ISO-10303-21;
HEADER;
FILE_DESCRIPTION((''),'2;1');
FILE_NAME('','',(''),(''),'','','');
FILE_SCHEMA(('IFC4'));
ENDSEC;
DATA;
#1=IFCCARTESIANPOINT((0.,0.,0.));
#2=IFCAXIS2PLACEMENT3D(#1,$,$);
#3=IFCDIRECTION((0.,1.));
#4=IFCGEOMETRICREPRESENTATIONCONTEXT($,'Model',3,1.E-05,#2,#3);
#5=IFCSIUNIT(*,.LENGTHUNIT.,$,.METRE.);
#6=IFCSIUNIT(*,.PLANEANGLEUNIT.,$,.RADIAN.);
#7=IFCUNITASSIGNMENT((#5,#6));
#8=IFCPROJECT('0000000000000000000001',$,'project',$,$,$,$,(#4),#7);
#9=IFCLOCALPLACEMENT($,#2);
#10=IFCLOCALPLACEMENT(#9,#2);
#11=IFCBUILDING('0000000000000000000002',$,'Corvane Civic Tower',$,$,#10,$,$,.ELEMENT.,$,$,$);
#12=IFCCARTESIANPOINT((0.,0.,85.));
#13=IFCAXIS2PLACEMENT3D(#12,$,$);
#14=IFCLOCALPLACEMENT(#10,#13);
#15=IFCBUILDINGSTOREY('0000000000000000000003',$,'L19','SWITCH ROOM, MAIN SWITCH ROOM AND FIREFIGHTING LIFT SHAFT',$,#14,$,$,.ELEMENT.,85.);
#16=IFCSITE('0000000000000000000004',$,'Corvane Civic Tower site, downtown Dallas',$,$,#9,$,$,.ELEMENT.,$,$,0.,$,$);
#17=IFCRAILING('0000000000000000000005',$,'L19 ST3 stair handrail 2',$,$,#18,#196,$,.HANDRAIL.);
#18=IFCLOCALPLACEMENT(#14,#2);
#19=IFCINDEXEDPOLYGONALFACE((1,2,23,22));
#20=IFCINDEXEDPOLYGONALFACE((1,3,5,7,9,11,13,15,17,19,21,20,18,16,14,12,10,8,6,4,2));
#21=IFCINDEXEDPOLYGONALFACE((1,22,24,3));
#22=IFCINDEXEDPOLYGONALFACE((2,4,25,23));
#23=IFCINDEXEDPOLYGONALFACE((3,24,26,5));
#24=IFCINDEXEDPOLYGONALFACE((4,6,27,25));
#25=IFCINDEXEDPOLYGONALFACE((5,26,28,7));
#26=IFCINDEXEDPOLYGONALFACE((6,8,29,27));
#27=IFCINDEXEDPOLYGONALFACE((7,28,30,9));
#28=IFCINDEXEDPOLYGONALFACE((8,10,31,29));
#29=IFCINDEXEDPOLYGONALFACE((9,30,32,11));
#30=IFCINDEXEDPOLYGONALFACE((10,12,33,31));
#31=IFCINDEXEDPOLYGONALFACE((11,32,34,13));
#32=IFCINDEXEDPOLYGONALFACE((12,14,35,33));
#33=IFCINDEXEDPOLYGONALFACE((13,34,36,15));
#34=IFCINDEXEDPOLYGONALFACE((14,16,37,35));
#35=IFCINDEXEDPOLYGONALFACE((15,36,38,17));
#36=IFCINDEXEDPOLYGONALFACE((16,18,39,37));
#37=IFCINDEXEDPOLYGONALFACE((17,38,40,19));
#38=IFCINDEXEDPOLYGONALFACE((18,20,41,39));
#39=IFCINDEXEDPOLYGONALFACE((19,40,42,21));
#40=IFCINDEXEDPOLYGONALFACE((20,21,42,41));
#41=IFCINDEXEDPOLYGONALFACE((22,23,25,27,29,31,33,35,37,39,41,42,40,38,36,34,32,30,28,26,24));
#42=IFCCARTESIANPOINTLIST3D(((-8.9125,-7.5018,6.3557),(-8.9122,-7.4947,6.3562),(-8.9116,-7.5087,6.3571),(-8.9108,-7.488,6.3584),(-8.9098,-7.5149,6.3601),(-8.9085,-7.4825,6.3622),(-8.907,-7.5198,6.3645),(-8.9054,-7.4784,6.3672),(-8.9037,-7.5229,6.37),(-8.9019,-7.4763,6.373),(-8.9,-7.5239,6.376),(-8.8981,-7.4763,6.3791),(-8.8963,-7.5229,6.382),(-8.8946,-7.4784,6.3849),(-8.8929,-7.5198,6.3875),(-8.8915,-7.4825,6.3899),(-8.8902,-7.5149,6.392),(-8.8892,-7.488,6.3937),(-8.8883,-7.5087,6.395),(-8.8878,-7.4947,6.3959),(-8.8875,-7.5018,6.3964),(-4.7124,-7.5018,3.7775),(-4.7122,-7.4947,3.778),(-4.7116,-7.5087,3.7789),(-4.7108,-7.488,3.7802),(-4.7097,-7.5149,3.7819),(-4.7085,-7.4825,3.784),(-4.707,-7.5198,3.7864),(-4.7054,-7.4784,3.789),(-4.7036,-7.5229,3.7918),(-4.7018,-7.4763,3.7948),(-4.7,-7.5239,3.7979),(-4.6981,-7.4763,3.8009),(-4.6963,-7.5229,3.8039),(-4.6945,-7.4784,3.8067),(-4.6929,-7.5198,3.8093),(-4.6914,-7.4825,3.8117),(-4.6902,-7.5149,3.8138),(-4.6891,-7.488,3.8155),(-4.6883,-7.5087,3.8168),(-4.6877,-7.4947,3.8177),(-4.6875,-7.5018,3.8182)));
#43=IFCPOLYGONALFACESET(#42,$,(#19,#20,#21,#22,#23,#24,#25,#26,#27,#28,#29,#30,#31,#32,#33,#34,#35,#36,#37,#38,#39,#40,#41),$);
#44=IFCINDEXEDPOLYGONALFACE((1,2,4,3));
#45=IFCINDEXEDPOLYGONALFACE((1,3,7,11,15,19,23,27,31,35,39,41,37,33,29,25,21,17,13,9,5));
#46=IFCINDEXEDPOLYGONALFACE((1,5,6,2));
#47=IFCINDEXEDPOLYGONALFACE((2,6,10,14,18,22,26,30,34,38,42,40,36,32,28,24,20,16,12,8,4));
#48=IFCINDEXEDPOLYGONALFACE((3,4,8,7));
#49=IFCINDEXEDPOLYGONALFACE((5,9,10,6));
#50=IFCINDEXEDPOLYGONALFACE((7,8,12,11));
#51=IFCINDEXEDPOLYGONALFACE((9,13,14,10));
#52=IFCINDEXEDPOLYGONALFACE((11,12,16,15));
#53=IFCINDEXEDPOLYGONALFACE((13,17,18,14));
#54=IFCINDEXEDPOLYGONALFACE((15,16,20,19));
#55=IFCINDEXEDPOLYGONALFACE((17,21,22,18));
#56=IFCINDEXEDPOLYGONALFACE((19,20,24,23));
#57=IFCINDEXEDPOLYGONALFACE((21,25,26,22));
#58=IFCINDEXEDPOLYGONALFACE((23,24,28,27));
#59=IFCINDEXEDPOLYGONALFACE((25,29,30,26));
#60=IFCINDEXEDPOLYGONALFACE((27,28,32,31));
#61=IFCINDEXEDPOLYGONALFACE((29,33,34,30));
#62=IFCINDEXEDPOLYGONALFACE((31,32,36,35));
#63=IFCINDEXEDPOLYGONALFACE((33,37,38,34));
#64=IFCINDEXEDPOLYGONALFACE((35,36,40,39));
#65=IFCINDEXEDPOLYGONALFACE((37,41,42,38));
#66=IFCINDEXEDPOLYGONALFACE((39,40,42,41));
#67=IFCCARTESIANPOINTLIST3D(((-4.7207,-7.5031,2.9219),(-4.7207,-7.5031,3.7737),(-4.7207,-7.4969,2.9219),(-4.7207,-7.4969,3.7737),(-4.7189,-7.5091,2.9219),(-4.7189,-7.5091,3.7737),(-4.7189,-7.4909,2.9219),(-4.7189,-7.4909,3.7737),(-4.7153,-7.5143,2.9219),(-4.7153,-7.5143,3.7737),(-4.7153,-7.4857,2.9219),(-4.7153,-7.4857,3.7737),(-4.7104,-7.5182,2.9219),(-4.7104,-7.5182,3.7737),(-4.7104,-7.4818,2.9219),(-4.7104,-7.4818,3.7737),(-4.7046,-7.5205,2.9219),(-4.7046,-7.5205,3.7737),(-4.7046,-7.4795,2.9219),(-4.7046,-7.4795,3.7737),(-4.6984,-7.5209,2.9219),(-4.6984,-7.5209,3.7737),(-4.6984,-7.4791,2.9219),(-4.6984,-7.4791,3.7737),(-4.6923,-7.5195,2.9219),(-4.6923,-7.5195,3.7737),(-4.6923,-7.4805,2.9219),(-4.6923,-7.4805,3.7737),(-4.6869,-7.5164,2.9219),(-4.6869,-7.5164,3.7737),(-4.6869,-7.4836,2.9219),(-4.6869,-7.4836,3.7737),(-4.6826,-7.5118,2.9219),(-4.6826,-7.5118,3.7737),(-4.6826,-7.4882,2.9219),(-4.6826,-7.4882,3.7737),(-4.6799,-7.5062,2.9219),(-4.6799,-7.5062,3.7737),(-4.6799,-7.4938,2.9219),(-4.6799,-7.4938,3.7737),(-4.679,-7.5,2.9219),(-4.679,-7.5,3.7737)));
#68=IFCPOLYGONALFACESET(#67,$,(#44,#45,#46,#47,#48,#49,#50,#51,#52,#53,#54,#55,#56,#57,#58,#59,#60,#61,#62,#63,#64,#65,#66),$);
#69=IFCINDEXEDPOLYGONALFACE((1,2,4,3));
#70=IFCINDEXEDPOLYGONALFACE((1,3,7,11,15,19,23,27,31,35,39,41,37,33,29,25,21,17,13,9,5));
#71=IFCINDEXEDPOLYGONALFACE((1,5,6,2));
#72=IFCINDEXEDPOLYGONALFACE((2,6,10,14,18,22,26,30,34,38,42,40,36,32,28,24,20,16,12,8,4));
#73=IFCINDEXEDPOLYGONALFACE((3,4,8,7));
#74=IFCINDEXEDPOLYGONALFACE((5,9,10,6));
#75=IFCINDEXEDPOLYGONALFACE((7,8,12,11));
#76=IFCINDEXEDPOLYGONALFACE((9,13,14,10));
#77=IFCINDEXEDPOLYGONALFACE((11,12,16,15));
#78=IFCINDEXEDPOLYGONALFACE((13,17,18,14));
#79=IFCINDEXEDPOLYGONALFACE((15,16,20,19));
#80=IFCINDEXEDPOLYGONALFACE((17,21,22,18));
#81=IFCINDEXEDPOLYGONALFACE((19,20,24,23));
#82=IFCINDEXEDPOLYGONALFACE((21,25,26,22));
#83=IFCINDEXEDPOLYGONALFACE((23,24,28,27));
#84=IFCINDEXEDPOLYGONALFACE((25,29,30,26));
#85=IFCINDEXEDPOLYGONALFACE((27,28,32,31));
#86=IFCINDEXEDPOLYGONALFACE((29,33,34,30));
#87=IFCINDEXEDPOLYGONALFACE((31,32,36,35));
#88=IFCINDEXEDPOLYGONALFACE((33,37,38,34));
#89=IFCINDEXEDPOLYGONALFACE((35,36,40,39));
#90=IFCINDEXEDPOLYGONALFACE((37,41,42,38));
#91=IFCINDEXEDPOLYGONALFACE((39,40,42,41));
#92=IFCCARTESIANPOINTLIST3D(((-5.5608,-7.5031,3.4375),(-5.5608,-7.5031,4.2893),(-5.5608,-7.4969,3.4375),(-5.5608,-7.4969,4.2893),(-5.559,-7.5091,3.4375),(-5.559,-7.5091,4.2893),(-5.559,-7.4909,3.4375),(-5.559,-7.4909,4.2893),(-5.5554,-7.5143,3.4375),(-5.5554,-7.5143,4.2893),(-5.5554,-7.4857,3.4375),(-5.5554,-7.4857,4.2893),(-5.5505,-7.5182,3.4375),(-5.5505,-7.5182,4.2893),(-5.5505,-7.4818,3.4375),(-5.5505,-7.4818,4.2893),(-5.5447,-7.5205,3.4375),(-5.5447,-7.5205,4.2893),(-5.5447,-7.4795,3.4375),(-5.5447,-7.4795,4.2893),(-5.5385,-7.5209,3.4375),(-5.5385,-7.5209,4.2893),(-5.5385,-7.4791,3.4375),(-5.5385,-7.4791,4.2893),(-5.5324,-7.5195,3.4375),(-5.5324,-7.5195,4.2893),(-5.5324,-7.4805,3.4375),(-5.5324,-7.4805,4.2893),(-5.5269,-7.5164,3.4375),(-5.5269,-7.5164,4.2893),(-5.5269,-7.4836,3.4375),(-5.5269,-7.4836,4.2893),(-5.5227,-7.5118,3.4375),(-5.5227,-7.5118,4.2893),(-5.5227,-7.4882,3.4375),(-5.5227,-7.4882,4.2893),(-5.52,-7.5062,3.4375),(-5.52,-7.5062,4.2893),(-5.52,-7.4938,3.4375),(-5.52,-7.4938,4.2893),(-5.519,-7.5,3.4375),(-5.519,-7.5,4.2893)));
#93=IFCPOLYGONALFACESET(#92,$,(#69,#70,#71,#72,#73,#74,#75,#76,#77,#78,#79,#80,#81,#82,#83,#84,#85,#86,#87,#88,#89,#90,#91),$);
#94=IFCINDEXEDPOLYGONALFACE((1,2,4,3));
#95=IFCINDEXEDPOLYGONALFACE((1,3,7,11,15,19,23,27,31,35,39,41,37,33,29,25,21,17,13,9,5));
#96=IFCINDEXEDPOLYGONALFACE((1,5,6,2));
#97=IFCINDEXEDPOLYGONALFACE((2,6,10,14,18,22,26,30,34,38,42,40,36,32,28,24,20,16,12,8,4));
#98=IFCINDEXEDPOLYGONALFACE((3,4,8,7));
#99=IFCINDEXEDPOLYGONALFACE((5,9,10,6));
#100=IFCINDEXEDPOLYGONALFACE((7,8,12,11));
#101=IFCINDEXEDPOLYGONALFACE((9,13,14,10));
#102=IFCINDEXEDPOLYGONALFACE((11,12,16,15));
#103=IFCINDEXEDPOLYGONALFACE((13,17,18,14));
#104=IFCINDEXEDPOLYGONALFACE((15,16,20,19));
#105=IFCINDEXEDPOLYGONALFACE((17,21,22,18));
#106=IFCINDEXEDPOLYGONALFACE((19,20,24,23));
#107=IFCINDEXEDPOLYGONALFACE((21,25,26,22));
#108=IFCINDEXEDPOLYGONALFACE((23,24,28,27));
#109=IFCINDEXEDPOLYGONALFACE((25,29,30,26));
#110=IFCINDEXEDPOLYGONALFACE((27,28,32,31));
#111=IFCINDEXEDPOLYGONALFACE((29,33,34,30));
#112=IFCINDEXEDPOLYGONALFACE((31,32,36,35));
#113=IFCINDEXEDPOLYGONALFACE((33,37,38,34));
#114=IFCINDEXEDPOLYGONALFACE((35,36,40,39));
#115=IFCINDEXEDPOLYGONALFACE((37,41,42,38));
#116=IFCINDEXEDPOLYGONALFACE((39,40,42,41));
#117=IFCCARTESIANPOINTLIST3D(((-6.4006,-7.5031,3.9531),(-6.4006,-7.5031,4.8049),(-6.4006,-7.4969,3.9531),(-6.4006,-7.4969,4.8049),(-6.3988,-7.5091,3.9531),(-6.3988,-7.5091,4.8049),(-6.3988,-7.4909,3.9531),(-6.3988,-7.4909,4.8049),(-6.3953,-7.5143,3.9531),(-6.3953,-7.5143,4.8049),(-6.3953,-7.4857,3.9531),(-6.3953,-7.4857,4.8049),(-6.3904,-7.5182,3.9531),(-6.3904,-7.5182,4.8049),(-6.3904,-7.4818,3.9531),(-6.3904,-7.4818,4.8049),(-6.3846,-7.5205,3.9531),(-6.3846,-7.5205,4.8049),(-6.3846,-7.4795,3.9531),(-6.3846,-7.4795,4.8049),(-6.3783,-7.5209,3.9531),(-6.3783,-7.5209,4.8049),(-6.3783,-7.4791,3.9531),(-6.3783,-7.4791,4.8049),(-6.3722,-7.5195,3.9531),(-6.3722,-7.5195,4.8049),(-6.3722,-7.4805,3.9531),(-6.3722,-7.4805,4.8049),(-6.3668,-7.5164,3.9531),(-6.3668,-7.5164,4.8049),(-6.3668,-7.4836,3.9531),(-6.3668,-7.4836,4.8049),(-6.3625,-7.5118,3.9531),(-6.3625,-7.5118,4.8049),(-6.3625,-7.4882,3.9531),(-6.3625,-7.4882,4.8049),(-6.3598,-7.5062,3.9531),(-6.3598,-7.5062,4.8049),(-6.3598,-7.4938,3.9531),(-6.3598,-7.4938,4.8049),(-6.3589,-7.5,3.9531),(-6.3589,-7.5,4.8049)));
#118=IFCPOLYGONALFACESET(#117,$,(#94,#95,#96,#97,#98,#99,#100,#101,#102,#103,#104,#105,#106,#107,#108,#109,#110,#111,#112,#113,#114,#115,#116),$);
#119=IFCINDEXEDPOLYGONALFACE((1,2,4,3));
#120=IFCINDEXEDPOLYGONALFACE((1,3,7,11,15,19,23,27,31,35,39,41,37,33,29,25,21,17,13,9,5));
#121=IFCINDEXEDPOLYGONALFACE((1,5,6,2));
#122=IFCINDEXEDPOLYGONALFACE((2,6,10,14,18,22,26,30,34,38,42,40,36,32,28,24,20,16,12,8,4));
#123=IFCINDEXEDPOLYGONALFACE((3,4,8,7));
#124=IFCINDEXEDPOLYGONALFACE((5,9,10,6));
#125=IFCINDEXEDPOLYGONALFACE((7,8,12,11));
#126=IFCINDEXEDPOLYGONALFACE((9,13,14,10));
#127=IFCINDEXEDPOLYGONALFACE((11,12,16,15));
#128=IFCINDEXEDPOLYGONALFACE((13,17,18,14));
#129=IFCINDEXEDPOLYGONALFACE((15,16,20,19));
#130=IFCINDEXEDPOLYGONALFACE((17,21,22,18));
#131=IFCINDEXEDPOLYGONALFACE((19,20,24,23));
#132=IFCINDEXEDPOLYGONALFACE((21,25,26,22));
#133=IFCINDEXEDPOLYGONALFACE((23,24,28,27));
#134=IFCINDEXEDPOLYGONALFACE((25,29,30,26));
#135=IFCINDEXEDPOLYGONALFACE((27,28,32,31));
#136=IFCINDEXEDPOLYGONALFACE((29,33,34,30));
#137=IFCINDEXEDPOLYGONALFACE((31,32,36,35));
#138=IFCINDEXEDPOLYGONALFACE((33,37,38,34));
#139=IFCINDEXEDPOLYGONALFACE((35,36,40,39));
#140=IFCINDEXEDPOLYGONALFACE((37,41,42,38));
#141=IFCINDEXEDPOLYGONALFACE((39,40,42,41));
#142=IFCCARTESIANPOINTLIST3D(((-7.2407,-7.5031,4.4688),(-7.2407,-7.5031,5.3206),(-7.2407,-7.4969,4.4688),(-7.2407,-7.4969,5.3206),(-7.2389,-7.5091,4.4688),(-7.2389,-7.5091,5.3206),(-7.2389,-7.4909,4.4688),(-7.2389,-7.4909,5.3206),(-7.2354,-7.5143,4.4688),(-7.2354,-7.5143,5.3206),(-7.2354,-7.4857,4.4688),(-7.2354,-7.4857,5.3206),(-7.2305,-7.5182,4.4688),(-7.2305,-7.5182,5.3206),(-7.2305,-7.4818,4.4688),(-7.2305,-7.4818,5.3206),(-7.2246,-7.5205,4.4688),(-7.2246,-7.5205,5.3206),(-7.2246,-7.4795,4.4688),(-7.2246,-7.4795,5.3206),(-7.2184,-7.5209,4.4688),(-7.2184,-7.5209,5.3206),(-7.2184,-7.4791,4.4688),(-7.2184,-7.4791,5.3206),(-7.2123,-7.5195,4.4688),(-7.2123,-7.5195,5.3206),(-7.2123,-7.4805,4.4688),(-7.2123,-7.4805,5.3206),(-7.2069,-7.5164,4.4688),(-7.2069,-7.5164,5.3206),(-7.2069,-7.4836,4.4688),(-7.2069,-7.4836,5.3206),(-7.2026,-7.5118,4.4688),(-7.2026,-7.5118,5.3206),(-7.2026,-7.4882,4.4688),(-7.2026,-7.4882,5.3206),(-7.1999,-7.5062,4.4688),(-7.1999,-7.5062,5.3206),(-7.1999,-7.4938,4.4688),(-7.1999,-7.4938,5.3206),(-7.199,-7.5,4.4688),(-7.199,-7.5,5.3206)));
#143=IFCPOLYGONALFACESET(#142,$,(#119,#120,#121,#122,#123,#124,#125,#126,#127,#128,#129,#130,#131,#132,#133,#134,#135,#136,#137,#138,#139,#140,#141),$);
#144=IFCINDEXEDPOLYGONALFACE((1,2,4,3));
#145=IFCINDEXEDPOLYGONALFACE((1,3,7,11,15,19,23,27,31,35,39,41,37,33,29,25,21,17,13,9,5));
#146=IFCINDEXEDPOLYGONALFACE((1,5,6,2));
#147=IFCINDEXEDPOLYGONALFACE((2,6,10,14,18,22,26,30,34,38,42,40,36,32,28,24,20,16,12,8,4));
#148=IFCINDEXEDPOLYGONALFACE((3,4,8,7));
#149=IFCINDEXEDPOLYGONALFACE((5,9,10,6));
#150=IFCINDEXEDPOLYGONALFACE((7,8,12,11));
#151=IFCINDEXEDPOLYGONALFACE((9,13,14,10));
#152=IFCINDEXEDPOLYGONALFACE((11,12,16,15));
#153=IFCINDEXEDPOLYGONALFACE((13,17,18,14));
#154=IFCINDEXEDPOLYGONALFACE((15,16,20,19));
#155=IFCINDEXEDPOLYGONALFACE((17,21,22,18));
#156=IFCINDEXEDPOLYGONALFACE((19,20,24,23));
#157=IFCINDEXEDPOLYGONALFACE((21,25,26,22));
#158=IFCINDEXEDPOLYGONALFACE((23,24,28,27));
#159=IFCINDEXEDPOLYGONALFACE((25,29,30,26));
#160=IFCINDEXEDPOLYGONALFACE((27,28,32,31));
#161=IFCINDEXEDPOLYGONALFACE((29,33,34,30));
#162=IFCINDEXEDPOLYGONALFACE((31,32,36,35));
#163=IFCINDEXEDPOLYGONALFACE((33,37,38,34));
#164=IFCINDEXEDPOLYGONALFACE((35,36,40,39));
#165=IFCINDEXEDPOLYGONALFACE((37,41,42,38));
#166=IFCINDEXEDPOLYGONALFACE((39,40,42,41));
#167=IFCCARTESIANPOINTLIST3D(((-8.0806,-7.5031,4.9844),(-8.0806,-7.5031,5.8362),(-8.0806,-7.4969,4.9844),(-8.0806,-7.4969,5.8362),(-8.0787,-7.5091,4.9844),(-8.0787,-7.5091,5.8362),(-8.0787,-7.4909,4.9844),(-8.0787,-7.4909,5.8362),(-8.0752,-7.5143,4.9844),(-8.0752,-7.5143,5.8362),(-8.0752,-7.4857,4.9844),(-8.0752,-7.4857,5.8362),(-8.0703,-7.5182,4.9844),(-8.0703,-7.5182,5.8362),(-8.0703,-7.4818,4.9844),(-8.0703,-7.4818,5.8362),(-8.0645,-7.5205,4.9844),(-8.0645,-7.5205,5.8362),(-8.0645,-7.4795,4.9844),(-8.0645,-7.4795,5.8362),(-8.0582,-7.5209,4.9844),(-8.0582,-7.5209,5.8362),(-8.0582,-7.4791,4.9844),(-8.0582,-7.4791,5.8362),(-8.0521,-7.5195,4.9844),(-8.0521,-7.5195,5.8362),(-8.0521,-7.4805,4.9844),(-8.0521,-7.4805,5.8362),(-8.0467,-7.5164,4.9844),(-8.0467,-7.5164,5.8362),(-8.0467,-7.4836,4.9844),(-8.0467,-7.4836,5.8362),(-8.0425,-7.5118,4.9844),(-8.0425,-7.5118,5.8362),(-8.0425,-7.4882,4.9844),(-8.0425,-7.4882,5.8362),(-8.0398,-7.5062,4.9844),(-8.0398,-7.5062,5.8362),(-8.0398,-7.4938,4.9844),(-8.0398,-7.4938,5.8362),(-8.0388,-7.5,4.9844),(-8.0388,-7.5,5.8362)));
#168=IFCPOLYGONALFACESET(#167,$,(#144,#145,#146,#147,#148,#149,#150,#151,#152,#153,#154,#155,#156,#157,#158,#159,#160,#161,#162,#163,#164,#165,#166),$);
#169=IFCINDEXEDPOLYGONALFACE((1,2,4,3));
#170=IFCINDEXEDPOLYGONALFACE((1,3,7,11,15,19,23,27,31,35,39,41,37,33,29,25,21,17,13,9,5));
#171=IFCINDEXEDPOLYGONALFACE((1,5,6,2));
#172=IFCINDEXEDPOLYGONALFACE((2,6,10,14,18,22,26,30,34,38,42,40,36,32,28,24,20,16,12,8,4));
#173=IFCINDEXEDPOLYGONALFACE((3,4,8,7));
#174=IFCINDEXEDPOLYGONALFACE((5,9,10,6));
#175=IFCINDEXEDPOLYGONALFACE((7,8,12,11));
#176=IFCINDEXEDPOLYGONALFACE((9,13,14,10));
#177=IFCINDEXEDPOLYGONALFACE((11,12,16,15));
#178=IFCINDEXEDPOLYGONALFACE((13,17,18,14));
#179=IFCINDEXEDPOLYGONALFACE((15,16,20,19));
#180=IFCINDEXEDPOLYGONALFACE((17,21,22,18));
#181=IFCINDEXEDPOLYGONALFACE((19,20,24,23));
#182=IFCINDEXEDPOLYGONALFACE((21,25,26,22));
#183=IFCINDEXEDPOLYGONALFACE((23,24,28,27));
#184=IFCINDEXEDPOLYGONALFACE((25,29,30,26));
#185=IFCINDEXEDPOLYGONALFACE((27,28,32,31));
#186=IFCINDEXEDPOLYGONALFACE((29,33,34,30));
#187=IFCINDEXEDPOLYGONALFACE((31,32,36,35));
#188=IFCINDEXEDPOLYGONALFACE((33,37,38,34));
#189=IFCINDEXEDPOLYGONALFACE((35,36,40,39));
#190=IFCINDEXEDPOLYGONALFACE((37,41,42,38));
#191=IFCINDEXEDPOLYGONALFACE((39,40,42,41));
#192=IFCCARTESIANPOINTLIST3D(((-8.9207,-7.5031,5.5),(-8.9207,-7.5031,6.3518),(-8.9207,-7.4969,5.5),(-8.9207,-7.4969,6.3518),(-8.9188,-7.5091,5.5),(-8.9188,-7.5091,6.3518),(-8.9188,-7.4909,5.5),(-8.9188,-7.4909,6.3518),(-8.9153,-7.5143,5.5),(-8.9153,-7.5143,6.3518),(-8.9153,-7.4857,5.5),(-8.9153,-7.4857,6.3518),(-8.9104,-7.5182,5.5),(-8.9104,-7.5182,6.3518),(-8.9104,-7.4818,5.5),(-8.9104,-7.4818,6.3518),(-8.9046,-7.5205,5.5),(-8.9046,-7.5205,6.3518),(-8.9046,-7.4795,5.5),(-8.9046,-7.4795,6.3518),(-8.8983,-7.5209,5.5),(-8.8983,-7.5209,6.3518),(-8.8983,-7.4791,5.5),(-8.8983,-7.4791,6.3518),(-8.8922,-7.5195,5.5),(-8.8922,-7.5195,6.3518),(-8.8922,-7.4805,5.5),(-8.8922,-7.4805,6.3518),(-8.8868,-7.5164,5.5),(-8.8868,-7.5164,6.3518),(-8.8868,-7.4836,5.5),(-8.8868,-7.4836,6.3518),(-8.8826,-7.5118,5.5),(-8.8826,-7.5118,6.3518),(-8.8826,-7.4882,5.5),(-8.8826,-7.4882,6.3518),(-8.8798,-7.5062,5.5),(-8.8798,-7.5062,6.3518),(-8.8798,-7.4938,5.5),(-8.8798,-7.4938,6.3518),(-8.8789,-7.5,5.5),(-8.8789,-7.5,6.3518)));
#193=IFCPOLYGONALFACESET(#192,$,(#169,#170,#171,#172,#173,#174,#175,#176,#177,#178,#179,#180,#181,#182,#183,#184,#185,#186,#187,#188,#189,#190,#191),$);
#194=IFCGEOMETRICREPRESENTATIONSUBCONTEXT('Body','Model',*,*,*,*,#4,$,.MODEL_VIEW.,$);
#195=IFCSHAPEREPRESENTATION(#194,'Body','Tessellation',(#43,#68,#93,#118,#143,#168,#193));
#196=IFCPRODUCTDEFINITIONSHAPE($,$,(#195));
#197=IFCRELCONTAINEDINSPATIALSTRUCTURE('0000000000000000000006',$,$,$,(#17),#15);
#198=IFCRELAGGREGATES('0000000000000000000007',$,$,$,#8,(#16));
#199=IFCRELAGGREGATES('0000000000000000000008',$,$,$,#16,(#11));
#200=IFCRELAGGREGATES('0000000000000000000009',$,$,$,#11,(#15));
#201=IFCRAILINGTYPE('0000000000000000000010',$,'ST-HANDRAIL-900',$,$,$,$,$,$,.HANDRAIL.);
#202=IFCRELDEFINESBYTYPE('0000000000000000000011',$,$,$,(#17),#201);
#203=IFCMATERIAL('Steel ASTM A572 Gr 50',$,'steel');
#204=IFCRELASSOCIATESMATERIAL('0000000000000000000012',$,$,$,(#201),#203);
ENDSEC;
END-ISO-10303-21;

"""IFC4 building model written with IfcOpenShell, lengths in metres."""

from ifc_helpers import new_model, si_unit, direction, frame, origin, origin_2d, place, context, subcontext, project, spatial, circle, extrude, material, type_object, element, save


model = new_model("IFC4")

# Units and contexts
model_context = context("Model", 3, precision=1e-05, world=origin(), true_north=direction((0.0, 1.0)))
body_context = subcontext(model_context, "Body", "Model", "MODEL_VIEW")
ifc_project = project(units=[si_unit("LENGTHUNIT", "METRE"), si_unit("PLANEANGLEUNIT", "RADIAN")], contexts=[model_context])

# Site, building, storey
site_placement = place(None, origin())
site = spatial("IfcSite", under=ifc_project, at=site_placement, Name="Corvane Civic Tower site, downtown Dallas", CompositionType="ELEMENT", RefElevation=0.0)
building_placement = place(site_placement, origin())
building = spatial("IfcBuilding", under=site, at=building_placement, Name="Corvane Civic Tower", CompositionType="ELEMENT")
storey_placement = place(building_placement, frame((0.0, 0.0, 85.0)))
storey = spatial("IfcBuildingStorey", under=building, at=storey_placement, Name="L19", Description="SWITCH ROOM, MAIN SWITCH ROOM AND FIREFIGHTING LIFT SHAFT", CompositionType="ELEMENT", Elevation=85.0)

# Railing
ifc_material_1 = material(Name="Steel ASTM A572 Gr 50", Category="steel")
railing_type_1 = type_object("IfcRailingType", Name="ST-HANDRAIL-900", PredefinedType="HANDRAIL", material=ifc_material_1)
railing_1_placement = place(storey_placement, frame((-4.7, -7.5, 2.9219)))
element("IfcRailing", 1, at=railing_1_placement, inside=storey, type_object=railing_type_1, Name="L19 ST3 stair handrail 2", PredefinedType="HANDRAIL", context=body_context, shape_type="SweptSolid", body=[
    extrude(circle(Radius=0.0239, at=origin_2d()), frame((0.0, 0.0, 0.876), z_axis=(-0.852243, 0.0, 0.523146), x_axis=(0.0, -1.0, 0.0)), (0.0, 0.0, 1.0), 4.9282),
    extrude(circle(Radius=0.021, at=origin_2d()), origin(), (0.0, 0.0, 1.0), 0.8518),
    extrude(circle(Radius=0.021, at=origin_2d()), frame((-0.8401, 0.0, 0.5156)), (0.0, 0.0, 1.0), 0.8518),
    extrude(circle(Radius=0.021, at=origin_2d()), frame((-1.6799, 0.0, 1.0312)), (0.0, 0.0, 1.0), 0.8518),
    extrude(circle(Radius=0.021, at=origin_2d()), frame((-2.52, 0.0, 1.5469)), (0.0, 0.0, 1.0), 0.8518),
    extrude(circle(Radius=0.021, at=origin_2d()), frame((-3.3599, 0.0, 2.0625)), (0.0, 0.0, 1.0), 0.8518),
    extrude(circle(Radius=0.021, at=origin_2d()), frame((-4.2, 0.0, 2.5781)), (0.0, 0.0, 1.0), 0.8518),
])

save(model, "model.ifc")
